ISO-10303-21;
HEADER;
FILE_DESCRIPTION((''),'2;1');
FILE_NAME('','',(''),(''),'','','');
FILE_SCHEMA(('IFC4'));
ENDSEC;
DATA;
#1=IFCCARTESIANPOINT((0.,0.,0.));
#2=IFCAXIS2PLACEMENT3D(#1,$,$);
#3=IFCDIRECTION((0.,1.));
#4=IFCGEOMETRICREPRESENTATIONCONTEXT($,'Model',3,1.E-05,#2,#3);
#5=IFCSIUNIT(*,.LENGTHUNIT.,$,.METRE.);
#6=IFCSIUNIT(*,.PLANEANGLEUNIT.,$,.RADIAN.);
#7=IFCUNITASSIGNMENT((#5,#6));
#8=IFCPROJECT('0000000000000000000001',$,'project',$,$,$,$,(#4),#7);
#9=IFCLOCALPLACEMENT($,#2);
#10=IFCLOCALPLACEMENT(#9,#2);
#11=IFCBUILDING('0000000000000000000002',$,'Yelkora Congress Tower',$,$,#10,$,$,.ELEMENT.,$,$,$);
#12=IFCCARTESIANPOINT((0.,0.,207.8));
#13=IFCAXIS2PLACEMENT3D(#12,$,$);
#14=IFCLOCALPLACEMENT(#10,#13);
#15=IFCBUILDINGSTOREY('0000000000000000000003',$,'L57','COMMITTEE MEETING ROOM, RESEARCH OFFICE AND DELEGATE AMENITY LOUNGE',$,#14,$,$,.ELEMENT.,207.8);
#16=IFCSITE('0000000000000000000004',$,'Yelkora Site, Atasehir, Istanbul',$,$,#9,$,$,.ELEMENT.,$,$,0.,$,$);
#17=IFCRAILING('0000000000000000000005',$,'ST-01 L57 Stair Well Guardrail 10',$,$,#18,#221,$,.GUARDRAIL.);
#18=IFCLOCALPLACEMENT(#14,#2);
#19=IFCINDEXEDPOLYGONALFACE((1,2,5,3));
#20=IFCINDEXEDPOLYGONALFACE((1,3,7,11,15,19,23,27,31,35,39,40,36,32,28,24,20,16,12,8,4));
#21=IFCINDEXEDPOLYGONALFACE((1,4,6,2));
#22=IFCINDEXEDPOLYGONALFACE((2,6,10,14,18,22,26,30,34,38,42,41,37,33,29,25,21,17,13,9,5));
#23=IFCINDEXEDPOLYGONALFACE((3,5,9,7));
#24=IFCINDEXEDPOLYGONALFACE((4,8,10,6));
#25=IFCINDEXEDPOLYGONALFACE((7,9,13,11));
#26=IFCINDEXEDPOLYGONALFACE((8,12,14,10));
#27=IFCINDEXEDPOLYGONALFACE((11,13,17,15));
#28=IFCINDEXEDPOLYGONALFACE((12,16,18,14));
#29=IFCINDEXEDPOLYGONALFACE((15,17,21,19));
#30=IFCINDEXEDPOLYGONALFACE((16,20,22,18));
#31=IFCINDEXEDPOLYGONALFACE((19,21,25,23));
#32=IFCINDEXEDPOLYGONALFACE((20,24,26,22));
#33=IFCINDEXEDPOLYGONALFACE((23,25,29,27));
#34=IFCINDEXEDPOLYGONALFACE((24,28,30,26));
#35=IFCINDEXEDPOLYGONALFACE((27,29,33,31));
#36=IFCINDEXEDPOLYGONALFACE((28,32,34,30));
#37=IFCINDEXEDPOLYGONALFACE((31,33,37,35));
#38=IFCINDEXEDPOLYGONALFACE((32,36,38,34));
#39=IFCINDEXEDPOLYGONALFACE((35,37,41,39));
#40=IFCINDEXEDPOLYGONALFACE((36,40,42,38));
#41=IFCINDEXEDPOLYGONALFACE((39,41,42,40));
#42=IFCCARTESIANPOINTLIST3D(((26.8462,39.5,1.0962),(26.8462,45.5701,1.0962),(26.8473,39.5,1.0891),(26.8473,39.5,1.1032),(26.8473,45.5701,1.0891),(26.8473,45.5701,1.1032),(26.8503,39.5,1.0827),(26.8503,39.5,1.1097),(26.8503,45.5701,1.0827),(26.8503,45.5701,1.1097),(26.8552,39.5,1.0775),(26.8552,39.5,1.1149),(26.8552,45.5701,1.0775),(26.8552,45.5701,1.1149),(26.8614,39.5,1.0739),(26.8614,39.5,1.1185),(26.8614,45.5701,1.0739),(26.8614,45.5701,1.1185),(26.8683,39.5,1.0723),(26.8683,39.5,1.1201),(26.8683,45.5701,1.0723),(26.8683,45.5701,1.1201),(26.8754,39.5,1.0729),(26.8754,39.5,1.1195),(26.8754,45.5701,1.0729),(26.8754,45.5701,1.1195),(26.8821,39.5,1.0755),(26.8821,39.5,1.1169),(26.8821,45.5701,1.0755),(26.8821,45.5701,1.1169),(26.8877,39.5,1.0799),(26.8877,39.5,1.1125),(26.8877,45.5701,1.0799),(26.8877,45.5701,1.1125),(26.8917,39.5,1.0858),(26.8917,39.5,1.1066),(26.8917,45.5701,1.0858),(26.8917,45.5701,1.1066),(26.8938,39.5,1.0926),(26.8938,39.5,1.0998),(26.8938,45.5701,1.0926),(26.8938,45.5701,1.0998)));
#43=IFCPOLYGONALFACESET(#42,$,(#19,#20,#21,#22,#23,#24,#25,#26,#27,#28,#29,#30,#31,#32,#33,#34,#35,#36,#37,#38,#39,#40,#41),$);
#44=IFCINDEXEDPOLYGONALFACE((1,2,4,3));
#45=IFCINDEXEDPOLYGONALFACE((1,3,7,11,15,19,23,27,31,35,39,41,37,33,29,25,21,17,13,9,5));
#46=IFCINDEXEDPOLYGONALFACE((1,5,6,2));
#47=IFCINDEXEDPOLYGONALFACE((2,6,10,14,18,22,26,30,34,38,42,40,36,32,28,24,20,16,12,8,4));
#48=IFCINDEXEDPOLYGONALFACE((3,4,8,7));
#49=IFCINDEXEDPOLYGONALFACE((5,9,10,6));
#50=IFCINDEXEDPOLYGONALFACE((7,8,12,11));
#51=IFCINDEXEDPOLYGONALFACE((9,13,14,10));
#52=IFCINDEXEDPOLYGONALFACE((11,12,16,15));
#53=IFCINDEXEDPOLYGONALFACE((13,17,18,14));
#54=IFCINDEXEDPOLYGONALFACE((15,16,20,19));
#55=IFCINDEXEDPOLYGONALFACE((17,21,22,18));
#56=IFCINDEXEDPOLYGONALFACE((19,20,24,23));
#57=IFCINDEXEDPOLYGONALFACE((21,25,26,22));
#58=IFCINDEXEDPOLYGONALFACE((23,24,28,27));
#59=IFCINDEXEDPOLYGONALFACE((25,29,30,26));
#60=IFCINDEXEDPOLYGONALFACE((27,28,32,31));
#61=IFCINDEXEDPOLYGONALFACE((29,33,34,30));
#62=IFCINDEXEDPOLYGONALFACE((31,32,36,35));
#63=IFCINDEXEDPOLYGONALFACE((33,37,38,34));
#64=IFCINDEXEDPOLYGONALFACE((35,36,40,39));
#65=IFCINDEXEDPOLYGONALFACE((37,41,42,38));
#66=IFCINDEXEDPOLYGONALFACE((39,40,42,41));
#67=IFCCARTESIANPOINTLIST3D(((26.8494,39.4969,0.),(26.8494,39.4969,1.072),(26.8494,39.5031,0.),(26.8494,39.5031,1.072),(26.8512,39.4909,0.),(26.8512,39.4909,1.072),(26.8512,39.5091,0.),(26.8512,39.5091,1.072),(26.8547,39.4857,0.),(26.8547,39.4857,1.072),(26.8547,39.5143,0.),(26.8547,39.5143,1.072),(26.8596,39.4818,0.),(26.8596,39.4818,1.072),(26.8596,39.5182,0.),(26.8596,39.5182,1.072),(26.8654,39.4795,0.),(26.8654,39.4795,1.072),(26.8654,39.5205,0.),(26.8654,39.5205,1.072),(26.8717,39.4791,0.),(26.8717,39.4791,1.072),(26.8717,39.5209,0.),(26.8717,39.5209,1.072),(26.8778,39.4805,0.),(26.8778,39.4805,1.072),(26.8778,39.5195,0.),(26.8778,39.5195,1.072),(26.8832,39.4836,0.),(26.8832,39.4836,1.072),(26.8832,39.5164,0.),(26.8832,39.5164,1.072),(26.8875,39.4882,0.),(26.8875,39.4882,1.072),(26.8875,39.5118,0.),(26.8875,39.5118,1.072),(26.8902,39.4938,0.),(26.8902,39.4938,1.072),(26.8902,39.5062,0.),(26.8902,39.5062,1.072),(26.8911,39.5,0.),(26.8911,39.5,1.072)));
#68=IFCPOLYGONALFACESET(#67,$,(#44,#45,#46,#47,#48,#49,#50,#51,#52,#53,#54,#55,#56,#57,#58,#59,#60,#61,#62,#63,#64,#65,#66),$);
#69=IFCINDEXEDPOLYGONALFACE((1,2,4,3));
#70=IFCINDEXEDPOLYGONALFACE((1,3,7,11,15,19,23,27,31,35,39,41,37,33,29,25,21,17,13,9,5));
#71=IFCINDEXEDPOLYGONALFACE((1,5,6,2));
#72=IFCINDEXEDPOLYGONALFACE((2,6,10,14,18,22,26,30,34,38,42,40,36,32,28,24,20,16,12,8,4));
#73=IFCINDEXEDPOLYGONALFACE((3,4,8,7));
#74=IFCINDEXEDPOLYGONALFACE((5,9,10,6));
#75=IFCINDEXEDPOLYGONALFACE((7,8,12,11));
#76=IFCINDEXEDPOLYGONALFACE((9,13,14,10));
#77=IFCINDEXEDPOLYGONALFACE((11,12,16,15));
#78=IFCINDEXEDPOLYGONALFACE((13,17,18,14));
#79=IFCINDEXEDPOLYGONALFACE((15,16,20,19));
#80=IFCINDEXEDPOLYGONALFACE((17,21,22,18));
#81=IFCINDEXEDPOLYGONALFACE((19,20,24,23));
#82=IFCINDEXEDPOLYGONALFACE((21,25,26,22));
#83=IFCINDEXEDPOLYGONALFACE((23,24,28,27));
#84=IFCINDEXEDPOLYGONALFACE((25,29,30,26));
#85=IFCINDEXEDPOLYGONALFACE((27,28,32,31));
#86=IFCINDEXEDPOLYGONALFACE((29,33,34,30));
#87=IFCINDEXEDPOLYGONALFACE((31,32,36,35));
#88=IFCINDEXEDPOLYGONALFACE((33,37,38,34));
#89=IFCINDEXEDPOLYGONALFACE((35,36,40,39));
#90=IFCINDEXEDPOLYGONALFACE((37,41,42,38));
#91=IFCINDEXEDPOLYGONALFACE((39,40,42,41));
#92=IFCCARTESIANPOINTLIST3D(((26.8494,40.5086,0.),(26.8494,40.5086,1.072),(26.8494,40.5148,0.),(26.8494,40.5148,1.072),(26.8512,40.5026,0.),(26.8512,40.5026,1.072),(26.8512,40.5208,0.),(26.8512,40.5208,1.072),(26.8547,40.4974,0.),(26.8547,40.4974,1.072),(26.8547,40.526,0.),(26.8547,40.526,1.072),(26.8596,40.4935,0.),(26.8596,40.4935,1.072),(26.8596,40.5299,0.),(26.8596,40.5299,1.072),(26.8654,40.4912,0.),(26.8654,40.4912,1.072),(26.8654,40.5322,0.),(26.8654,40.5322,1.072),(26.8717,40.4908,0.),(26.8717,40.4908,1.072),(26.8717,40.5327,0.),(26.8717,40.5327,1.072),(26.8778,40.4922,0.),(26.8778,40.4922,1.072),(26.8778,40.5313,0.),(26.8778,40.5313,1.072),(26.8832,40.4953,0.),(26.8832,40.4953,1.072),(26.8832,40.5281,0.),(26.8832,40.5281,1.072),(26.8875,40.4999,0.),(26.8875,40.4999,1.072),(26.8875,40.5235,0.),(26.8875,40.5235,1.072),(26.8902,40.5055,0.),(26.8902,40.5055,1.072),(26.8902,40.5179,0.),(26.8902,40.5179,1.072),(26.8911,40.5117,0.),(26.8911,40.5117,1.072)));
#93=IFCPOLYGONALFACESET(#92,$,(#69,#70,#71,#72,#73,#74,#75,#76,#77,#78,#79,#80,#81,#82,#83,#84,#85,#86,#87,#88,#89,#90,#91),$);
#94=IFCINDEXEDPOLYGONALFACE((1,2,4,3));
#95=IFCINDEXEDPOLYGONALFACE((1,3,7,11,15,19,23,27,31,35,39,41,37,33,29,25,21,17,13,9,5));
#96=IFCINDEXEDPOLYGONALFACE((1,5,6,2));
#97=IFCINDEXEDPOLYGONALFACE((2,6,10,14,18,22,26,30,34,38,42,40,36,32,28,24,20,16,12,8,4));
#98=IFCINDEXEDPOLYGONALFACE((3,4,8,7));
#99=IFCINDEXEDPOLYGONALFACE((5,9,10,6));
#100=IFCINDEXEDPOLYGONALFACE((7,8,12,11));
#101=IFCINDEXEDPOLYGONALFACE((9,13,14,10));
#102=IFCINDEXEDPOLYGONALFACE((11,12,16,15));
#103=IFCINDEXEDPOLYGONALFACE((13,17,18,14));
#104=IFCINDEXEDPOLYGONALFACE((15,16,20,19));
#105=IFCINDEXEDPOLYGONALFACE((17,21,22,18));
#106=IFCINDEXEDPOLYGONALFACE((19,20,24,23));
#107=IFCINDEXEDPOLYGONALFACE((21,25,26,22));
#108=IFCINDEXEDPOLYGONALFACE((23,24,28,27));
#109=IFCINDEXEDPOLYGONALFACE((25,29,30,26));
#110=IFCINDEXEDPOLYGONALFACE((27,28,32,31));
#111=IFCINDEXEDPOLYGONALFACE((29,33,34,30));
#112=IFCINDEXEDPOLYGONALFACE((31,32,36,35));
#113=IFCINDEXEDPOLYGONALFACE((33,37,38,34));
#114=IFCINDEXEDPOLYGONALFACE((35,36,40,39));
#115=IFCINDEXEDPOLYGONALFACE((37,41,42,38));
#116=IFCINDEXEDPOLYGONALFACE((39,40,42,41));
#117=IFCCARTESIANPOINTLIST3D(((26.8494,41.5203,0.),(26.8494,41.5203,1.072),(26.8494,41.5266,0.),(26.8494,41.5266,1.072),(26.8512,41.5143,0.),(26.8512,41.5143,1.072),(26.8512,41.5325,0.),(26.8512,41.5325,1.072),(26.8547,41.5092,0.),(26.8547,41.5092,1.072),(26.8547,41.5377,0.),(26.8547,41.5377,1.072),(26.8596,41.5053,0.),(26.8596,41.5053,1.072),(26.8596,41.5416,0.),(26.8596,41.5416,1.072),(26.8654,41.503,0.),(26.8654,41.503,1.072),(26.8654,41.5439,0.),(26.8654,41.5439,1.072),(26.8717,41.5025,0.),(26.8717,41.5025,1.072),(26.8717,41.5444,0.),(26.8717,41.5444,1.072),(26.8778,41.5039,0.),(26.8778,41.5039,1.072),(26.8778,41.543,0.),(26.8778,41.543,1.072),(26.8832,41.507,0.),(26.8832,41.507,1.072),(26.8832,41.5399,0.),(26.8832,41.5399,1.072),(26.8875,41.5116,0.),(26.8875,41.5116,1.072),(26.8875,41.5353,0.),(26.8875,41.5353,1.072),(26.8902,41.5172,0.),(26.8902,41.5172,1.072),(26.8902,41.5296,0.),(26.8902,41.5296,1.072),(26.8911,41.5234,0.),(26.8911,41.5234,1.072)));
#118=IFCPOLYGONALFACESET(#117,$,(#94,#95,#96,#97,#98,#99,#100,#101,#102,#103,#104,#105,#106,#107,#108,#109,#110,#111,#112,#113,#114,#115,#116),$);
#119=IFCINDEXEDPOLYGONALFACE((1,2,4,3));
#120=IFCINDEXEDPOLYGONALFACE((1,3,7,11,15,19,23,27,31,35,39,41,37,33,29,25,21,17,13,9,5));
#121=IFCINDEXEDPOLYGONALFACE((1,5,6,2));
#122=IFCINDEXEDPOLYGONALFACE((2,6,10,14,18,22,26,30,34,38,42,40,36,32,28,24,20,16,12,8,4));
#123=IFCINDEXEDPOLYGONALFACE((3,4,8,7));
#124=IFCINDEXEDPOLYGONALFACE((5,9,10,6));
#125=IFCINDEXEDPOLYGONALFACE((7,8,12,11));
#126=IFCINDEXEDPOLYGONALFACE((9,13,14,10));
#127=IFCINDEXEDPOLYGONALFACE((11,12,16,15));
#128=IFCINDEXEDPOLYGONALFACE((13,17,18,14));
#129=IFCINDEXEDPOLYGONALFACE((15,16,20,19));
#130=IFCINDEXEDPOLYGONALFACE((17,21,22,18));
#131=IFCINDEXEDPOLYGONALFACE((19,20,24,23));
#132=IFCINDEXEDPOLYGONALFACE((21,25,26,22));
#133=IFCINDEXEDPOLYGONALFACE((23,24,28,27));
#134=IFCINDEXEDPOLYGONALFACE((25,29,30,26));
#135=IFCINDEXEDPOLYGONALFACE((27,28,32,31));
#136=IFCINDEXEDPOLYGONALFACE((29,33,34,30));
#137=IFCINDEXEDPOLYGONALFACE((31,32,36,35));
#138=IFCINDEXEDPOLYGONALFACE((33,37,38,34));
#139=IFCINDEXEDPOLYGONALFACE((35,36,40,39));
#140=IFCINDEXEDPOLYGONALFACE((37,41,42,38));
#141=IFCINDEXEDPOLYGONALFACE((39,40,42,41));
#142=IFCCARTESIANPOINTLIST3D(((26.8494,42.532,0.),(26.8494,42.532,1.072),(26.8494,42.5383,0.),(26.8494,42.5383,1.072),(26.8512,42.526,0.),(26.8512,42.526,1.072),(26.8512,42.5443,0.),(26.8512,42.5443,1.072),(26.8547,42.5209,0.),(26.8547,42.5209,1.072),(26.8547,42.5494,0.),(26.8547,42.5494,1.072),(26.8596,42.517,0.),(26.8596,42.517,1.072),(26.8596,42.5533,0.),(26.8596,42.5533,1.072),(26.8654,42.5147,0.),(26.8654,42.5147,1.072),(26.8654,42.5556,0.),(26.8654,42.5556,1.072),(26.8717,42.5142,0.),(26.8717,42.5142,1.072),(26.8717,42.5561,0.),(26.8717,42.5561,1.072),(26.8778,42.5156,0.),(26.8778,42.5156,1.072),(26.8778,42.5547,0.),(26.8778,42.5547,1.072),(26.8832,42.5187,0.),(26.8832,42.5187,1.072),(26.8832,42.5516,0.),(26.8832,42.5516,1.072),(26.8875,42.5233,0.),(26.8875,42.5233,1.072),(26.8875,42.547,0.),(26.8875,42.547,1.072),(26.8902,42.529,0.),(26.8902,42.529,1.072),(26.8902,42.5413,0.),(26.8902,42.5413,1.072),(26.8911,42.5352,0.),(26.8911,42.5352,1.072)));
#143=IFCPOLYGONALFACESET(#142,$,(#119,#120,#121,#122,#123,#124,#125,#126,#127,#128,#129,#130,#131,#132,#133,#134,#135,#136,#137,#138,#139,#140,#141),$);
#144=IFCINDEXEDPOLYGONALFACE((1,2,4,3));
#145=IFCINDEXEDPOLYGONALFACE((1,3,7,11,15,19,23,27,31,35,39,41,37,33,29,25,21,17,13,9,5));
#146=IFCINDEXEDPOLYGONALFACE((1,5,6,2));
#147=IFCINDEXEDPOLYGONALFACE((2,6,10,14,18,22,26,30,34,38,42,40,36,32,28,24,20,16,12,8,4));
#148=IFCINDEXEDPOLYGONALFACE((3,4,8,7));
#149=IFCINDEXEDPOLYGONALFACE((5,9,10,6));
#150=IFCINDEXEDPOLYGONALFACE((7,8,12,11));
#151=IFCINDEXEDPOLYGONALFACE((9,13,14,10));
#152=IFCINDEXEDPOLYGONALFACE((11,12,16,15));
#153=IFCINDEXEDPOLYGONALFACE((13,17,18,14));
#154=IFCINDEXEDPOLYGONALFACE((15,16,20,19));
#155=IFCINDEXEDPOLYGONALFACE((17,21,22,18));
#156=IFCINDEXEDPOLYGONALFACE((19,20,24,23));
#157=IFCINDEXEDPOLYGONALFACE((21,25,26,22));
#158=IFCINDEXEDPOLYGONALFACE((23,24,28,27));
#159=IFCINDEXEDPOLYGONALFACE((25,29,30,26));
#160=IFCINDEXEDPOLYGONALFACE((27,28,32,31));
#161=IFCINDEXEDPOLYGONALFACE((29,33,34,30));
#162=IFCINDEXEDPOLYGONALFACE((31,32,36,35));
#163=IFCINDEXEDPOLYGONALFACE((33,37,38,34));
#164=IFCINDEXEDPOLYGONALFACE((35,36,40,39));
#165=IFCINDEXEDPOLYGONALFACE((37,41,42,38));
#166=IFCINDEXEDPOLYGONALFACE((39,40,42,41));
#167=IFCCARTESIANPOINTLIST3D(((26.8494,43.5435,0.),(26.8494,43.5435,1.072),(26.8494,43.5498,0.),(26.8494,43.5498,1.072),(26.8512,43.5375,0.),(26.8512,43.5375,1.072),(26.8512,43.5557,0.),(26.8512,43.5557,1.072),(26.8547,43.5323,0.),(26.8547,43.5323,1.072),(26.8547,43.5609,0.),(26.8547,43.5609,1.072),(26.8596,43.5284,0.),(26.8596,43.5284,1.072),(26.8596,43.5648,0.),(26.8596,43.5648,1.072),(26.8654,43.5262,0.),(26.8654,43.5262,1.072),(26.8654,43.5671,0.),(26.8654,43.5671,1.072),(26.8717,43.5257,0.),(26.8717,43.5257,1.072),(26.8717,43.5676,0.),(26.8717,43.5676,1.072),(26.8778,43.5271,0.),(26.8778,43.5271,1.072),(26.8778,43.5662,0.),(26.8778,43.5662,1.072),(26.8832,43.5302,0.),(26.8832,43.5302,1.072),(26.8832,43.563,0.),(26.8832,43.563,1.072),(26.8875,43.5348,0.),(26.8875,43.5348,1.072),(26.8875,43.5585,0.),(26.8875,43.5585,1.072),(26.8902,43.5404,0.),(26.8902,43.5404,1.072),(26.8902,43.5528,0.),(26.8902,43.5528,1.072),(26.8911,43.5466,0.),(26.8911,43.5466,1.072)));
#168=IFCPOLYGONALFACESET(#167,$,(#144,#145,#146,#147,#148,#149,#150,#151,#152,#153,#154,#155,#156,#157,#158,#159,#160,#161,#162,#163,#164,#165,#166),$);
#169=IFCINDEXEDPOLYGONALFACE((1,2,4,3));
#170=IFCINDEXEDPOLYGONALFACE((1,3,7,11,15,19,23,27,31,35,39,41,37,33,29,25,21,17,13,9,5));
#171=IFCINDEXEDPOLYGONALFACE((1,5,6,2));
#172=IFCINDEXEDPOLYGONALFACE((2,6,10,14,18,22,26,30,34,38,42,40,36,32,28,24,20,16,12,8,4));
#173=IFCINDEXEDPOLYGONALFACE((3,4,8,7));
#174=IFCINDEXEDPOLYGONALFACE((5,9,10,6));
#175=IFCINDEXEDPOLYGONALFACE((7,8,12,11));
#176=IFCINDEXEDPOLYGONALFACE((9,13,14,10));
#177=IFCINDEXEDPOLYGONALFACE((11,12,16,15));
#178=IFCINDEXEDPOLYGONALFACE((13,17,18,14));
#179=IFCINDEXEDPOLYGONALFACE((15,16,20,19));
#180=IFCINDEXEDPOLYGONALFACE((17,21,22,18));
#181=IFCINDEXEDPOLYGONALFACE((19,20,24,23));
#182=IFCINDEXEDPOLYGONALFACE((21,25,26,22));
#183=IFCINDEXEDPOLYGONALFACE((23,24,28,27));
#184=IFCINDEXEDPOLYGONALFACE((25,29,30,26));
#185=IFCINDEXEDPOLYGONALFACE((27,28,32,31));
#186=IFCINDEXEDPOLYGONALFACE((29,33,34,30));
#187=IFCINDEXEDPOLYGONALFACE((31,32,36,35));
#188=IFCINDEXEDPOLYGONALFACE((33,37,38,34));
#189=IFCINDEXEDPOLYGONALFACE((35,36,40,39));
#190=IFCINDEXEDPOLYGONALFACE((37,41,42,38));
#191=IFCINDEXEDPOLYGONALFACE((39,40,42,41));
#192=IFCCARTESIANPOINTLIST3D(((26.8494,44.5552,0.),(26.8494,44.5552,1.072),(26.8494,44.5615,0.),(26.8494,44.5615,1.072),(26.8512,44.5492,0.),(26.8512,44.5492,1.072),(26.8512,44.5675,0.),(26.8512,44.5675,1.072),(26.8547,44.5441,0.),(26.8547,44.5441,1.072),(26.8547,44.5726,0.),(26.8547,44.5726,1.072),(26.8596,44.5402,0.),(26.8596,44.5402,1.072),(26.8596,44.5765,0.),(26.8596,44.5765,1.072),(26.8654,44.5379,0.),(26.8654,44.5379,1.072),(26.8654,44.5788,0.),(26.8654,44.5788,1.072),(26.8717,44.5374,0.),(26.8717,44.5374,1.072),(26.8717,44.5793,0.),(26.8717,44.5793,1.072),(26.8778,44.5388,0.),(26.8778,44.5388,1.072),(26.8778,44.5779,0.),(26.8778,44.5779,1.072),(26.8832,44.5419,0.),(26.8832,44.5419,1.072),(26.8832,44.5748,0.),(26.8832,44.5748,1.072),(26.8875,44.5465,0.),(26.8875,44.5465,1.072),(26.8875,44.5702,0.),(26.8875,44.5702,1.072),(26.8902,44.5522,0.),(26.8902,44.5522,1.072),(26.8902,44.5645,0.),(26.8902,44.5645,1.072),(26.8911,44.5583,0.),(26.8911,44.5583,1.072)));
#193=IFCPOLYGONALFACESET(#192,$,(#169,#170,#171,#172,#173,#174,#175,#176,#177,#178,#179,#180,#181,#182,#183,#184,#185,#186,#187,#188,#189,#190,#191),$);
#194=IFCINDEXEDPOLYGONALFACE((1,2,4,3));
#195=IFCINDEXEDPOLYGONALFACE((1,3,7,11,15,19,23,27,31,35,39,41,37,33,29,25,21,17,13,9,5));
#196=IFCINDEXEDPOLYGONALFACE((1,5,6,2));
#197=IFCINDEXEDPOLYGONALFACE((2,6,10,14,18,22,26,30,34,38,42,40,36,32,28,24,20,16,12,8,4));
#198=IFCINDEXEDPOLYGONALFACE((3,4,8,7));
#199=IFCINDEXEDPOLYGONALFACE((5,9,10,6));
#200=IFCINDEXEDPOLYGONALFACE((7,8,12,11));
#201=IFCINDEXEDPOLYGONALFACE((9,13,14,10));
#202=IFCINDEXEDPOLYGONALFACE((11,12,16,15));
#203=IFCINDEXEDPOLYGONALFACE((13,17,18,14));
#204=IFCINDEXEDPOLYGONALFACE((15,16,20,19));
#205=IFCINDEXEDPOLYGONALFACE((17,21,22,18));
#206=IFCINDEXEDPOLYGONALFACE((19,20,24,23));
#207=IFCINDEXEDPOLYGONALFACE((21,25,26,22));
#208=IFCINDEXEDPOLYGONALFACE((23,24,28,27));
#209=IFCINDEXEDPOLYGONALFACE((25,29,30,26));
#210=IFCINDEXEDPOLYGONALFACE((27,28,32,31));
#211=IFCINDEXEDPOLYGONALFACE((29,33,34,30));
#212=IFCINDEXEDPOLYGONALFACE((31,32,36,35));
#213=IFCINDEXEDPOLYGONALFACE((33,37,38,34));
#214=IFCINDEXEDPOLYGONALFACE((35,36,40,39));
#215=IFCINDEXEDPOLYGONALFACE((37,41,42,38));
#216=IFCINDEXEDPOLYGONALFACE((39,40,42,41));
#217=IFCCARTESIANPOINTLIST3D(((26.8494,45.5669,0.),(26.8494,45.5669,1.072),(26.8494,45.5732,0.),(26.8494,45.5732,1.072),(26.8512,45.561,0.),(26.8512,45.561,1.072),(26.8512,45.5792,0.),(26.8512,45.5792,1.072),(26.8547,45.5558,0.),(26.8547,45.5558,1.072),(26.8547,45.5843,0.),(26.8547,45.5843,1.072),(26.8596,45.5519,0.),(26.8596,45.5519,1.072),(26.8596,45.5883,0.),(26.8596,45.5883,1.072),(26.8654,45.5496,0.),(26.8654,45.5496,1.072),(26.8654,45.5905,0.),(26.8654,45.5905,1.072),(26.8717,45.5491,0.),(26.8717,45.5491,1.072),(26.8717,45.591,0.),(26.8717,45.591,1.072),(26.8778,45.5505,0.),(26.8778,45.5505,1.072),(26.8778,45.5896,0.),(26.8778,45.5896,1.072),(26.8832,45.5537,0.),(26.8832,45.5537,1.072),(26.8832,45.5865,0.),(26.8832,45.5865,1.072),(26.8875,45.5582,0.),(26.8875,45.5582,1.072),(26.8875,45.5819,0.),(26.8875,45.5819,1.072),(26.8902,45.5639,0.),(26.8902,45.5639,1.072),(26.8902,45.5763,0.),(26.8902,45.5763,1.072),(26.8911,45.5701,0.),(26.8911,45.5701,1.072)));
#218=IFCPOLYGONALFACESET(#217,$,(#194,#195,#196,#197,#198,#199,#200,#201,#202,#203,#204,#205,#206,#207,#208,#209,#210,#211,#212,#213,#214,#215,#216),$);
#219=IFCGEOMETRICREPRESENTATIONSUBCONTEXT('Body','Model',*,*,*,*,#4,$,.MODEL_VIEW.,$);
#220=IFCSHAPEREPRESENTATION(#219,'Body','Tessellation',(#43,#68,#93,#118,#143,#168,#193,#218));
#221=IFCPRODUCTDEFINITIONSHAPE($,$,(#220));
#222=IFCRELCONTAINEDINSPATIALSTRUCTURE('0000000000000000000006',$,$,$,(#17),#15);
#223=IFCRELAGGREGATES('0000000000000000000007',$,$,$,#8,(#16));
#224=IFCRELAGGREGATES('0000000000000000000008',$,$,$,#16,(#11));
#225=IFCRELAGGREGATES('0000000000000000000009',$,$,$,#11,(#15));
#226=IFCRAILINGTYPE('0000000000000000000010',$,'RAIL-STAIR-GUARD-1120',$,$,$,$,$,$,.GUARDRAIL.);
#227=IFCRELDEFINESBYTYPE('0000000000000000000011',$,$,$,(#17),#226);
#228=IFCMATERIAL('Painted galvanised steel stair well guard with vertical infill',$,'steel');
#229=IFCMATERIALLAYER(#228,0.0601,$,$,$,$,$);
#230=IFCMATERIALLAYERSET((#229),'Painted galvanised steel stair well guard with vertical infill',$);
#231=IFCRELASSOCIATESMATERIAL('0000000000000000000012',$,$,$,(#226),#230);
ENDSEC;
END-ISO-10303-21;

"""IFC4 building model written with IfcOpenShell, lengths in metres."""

from ifc_helpers import new_model, si_unit, direction, frame, origin, origin_2d, place, context, subcontext, project, spatial, circle, extrude, material, layer, layer_set, type_object, element, save


model = new_model("IFC4")

# Units and contexts
model_context = context("Model", 3, precision=1e-05, world=origin(), true_north=direction((0.0, 1.0)))
body_context = subcontext(model_context, "Body", "Model", "MODEL_VIEW")
ifc_project = project(units=[si_unit("LENGTHUNIT", "METRE"), si_unit("PLANEANGLEUNIT", "RADIAN")], contexts=[model_context])

# Site, building, storey
site_placement = place(None, origin())
site = spatial("IfcSite", under=ifc_project, at=site_placement, Name="Yelkora Site, Atasehir, Istanbul", CompositionType="ELEMENT", RefElevation=0.0)
building_placement = place(site_placement, origin())
building = spatial("IfcBuilding", under=site, at=building_placement, Name="Yelkora Congress Tower", CompositionType="ELEMENT")
storey_placement = place(building_placement, frame((0.0, 0.0, 207.8)))
storey = spatial("IfcBuildingStorey", under=building, at=storey_placement, Name="L57", Description="COMMITTEE MEETING ROOM, RESEARCH OFFICE AND DELEGATE AMENITY LOUNGE", CompositionType="ELEMENT", Elevation=207.8)

# Railing
ifc_material_1 = material(Name="Painted galvanised steel stair well guard with vertical infill", Category="steel")
ifc_layer_1 = layer(ifc_material_1, 0.0601)
ifc_layer_set_1 = layer_set([ifc_layer_1], Name="Painted galvanised steel stair well guard with vertical infill")
railing_type_1 = type_object("IfcRailingType", Name="RAIL-STAIR-GUARD-1120", PredefinedType="GUARDRAIL", material=ifc_layer_set_1)
railing_1_placement = place(storey_placement, frame((26.8701, 39.5, 0.0)))
element("IfcRailing", 1, at=railing_1_placement, inside=storey, type_object=railing_type_1, Name="ST-01 L57 Stair Well Guardrail 10", PredefinedType="GUARDRAIL", context=body_context, shape_type="SweptSolid", body=[
    extrude(circle(Radius=0.0239, at=origin_2d()), frame((0.0, 0.0, 1.0962), z_axis=(0.0, 1.0, 0.0), x_axis=(-1.0, 0.0, 0.0)), (0.0, 0.0, 1.0), 6.0701),
    extrude(circle(Radius=0.021, at=origin_2d()), origin(), (0.0, 0.0, 1.0), 1.072),
    extrude(circle(Radius=0.021, at=origin_2d()), frame((0.0, 1.0117, 0.0)), (0.0, 0.0, 1.0), 1.072),
    extrude(circle(Radius=0.021, at=origin_2d()), frame((0.0, 2.0234, 0.0)), (0.0, 0.0, 1.0), 1.072),
    extrude(circle(Radius=0.021, at=origin_2d()), frame((0.0, 3.0352, 0.0)), (0.0, 0.0, 1.0), 1.072),
    extrude(circle(Radius=0.021, at=origin_2d()), frame((0.0, 4.0466, 0.0)), (0.0, 0.0, 1.0), 1.072),
    extrude(circle(Radius=0.021, at=origin_2d()), frame((0.0, 5.0583, 0.0)), (0.0, 0.0, 1.0), 1.072),
    extrude(circle(Radius=0.021, at=origin_2d()), frame((0.0, 6.0701, 0.0)), (0.0, 0.0, 1.0), 1.072),
])

save(model, "model.ifc")
